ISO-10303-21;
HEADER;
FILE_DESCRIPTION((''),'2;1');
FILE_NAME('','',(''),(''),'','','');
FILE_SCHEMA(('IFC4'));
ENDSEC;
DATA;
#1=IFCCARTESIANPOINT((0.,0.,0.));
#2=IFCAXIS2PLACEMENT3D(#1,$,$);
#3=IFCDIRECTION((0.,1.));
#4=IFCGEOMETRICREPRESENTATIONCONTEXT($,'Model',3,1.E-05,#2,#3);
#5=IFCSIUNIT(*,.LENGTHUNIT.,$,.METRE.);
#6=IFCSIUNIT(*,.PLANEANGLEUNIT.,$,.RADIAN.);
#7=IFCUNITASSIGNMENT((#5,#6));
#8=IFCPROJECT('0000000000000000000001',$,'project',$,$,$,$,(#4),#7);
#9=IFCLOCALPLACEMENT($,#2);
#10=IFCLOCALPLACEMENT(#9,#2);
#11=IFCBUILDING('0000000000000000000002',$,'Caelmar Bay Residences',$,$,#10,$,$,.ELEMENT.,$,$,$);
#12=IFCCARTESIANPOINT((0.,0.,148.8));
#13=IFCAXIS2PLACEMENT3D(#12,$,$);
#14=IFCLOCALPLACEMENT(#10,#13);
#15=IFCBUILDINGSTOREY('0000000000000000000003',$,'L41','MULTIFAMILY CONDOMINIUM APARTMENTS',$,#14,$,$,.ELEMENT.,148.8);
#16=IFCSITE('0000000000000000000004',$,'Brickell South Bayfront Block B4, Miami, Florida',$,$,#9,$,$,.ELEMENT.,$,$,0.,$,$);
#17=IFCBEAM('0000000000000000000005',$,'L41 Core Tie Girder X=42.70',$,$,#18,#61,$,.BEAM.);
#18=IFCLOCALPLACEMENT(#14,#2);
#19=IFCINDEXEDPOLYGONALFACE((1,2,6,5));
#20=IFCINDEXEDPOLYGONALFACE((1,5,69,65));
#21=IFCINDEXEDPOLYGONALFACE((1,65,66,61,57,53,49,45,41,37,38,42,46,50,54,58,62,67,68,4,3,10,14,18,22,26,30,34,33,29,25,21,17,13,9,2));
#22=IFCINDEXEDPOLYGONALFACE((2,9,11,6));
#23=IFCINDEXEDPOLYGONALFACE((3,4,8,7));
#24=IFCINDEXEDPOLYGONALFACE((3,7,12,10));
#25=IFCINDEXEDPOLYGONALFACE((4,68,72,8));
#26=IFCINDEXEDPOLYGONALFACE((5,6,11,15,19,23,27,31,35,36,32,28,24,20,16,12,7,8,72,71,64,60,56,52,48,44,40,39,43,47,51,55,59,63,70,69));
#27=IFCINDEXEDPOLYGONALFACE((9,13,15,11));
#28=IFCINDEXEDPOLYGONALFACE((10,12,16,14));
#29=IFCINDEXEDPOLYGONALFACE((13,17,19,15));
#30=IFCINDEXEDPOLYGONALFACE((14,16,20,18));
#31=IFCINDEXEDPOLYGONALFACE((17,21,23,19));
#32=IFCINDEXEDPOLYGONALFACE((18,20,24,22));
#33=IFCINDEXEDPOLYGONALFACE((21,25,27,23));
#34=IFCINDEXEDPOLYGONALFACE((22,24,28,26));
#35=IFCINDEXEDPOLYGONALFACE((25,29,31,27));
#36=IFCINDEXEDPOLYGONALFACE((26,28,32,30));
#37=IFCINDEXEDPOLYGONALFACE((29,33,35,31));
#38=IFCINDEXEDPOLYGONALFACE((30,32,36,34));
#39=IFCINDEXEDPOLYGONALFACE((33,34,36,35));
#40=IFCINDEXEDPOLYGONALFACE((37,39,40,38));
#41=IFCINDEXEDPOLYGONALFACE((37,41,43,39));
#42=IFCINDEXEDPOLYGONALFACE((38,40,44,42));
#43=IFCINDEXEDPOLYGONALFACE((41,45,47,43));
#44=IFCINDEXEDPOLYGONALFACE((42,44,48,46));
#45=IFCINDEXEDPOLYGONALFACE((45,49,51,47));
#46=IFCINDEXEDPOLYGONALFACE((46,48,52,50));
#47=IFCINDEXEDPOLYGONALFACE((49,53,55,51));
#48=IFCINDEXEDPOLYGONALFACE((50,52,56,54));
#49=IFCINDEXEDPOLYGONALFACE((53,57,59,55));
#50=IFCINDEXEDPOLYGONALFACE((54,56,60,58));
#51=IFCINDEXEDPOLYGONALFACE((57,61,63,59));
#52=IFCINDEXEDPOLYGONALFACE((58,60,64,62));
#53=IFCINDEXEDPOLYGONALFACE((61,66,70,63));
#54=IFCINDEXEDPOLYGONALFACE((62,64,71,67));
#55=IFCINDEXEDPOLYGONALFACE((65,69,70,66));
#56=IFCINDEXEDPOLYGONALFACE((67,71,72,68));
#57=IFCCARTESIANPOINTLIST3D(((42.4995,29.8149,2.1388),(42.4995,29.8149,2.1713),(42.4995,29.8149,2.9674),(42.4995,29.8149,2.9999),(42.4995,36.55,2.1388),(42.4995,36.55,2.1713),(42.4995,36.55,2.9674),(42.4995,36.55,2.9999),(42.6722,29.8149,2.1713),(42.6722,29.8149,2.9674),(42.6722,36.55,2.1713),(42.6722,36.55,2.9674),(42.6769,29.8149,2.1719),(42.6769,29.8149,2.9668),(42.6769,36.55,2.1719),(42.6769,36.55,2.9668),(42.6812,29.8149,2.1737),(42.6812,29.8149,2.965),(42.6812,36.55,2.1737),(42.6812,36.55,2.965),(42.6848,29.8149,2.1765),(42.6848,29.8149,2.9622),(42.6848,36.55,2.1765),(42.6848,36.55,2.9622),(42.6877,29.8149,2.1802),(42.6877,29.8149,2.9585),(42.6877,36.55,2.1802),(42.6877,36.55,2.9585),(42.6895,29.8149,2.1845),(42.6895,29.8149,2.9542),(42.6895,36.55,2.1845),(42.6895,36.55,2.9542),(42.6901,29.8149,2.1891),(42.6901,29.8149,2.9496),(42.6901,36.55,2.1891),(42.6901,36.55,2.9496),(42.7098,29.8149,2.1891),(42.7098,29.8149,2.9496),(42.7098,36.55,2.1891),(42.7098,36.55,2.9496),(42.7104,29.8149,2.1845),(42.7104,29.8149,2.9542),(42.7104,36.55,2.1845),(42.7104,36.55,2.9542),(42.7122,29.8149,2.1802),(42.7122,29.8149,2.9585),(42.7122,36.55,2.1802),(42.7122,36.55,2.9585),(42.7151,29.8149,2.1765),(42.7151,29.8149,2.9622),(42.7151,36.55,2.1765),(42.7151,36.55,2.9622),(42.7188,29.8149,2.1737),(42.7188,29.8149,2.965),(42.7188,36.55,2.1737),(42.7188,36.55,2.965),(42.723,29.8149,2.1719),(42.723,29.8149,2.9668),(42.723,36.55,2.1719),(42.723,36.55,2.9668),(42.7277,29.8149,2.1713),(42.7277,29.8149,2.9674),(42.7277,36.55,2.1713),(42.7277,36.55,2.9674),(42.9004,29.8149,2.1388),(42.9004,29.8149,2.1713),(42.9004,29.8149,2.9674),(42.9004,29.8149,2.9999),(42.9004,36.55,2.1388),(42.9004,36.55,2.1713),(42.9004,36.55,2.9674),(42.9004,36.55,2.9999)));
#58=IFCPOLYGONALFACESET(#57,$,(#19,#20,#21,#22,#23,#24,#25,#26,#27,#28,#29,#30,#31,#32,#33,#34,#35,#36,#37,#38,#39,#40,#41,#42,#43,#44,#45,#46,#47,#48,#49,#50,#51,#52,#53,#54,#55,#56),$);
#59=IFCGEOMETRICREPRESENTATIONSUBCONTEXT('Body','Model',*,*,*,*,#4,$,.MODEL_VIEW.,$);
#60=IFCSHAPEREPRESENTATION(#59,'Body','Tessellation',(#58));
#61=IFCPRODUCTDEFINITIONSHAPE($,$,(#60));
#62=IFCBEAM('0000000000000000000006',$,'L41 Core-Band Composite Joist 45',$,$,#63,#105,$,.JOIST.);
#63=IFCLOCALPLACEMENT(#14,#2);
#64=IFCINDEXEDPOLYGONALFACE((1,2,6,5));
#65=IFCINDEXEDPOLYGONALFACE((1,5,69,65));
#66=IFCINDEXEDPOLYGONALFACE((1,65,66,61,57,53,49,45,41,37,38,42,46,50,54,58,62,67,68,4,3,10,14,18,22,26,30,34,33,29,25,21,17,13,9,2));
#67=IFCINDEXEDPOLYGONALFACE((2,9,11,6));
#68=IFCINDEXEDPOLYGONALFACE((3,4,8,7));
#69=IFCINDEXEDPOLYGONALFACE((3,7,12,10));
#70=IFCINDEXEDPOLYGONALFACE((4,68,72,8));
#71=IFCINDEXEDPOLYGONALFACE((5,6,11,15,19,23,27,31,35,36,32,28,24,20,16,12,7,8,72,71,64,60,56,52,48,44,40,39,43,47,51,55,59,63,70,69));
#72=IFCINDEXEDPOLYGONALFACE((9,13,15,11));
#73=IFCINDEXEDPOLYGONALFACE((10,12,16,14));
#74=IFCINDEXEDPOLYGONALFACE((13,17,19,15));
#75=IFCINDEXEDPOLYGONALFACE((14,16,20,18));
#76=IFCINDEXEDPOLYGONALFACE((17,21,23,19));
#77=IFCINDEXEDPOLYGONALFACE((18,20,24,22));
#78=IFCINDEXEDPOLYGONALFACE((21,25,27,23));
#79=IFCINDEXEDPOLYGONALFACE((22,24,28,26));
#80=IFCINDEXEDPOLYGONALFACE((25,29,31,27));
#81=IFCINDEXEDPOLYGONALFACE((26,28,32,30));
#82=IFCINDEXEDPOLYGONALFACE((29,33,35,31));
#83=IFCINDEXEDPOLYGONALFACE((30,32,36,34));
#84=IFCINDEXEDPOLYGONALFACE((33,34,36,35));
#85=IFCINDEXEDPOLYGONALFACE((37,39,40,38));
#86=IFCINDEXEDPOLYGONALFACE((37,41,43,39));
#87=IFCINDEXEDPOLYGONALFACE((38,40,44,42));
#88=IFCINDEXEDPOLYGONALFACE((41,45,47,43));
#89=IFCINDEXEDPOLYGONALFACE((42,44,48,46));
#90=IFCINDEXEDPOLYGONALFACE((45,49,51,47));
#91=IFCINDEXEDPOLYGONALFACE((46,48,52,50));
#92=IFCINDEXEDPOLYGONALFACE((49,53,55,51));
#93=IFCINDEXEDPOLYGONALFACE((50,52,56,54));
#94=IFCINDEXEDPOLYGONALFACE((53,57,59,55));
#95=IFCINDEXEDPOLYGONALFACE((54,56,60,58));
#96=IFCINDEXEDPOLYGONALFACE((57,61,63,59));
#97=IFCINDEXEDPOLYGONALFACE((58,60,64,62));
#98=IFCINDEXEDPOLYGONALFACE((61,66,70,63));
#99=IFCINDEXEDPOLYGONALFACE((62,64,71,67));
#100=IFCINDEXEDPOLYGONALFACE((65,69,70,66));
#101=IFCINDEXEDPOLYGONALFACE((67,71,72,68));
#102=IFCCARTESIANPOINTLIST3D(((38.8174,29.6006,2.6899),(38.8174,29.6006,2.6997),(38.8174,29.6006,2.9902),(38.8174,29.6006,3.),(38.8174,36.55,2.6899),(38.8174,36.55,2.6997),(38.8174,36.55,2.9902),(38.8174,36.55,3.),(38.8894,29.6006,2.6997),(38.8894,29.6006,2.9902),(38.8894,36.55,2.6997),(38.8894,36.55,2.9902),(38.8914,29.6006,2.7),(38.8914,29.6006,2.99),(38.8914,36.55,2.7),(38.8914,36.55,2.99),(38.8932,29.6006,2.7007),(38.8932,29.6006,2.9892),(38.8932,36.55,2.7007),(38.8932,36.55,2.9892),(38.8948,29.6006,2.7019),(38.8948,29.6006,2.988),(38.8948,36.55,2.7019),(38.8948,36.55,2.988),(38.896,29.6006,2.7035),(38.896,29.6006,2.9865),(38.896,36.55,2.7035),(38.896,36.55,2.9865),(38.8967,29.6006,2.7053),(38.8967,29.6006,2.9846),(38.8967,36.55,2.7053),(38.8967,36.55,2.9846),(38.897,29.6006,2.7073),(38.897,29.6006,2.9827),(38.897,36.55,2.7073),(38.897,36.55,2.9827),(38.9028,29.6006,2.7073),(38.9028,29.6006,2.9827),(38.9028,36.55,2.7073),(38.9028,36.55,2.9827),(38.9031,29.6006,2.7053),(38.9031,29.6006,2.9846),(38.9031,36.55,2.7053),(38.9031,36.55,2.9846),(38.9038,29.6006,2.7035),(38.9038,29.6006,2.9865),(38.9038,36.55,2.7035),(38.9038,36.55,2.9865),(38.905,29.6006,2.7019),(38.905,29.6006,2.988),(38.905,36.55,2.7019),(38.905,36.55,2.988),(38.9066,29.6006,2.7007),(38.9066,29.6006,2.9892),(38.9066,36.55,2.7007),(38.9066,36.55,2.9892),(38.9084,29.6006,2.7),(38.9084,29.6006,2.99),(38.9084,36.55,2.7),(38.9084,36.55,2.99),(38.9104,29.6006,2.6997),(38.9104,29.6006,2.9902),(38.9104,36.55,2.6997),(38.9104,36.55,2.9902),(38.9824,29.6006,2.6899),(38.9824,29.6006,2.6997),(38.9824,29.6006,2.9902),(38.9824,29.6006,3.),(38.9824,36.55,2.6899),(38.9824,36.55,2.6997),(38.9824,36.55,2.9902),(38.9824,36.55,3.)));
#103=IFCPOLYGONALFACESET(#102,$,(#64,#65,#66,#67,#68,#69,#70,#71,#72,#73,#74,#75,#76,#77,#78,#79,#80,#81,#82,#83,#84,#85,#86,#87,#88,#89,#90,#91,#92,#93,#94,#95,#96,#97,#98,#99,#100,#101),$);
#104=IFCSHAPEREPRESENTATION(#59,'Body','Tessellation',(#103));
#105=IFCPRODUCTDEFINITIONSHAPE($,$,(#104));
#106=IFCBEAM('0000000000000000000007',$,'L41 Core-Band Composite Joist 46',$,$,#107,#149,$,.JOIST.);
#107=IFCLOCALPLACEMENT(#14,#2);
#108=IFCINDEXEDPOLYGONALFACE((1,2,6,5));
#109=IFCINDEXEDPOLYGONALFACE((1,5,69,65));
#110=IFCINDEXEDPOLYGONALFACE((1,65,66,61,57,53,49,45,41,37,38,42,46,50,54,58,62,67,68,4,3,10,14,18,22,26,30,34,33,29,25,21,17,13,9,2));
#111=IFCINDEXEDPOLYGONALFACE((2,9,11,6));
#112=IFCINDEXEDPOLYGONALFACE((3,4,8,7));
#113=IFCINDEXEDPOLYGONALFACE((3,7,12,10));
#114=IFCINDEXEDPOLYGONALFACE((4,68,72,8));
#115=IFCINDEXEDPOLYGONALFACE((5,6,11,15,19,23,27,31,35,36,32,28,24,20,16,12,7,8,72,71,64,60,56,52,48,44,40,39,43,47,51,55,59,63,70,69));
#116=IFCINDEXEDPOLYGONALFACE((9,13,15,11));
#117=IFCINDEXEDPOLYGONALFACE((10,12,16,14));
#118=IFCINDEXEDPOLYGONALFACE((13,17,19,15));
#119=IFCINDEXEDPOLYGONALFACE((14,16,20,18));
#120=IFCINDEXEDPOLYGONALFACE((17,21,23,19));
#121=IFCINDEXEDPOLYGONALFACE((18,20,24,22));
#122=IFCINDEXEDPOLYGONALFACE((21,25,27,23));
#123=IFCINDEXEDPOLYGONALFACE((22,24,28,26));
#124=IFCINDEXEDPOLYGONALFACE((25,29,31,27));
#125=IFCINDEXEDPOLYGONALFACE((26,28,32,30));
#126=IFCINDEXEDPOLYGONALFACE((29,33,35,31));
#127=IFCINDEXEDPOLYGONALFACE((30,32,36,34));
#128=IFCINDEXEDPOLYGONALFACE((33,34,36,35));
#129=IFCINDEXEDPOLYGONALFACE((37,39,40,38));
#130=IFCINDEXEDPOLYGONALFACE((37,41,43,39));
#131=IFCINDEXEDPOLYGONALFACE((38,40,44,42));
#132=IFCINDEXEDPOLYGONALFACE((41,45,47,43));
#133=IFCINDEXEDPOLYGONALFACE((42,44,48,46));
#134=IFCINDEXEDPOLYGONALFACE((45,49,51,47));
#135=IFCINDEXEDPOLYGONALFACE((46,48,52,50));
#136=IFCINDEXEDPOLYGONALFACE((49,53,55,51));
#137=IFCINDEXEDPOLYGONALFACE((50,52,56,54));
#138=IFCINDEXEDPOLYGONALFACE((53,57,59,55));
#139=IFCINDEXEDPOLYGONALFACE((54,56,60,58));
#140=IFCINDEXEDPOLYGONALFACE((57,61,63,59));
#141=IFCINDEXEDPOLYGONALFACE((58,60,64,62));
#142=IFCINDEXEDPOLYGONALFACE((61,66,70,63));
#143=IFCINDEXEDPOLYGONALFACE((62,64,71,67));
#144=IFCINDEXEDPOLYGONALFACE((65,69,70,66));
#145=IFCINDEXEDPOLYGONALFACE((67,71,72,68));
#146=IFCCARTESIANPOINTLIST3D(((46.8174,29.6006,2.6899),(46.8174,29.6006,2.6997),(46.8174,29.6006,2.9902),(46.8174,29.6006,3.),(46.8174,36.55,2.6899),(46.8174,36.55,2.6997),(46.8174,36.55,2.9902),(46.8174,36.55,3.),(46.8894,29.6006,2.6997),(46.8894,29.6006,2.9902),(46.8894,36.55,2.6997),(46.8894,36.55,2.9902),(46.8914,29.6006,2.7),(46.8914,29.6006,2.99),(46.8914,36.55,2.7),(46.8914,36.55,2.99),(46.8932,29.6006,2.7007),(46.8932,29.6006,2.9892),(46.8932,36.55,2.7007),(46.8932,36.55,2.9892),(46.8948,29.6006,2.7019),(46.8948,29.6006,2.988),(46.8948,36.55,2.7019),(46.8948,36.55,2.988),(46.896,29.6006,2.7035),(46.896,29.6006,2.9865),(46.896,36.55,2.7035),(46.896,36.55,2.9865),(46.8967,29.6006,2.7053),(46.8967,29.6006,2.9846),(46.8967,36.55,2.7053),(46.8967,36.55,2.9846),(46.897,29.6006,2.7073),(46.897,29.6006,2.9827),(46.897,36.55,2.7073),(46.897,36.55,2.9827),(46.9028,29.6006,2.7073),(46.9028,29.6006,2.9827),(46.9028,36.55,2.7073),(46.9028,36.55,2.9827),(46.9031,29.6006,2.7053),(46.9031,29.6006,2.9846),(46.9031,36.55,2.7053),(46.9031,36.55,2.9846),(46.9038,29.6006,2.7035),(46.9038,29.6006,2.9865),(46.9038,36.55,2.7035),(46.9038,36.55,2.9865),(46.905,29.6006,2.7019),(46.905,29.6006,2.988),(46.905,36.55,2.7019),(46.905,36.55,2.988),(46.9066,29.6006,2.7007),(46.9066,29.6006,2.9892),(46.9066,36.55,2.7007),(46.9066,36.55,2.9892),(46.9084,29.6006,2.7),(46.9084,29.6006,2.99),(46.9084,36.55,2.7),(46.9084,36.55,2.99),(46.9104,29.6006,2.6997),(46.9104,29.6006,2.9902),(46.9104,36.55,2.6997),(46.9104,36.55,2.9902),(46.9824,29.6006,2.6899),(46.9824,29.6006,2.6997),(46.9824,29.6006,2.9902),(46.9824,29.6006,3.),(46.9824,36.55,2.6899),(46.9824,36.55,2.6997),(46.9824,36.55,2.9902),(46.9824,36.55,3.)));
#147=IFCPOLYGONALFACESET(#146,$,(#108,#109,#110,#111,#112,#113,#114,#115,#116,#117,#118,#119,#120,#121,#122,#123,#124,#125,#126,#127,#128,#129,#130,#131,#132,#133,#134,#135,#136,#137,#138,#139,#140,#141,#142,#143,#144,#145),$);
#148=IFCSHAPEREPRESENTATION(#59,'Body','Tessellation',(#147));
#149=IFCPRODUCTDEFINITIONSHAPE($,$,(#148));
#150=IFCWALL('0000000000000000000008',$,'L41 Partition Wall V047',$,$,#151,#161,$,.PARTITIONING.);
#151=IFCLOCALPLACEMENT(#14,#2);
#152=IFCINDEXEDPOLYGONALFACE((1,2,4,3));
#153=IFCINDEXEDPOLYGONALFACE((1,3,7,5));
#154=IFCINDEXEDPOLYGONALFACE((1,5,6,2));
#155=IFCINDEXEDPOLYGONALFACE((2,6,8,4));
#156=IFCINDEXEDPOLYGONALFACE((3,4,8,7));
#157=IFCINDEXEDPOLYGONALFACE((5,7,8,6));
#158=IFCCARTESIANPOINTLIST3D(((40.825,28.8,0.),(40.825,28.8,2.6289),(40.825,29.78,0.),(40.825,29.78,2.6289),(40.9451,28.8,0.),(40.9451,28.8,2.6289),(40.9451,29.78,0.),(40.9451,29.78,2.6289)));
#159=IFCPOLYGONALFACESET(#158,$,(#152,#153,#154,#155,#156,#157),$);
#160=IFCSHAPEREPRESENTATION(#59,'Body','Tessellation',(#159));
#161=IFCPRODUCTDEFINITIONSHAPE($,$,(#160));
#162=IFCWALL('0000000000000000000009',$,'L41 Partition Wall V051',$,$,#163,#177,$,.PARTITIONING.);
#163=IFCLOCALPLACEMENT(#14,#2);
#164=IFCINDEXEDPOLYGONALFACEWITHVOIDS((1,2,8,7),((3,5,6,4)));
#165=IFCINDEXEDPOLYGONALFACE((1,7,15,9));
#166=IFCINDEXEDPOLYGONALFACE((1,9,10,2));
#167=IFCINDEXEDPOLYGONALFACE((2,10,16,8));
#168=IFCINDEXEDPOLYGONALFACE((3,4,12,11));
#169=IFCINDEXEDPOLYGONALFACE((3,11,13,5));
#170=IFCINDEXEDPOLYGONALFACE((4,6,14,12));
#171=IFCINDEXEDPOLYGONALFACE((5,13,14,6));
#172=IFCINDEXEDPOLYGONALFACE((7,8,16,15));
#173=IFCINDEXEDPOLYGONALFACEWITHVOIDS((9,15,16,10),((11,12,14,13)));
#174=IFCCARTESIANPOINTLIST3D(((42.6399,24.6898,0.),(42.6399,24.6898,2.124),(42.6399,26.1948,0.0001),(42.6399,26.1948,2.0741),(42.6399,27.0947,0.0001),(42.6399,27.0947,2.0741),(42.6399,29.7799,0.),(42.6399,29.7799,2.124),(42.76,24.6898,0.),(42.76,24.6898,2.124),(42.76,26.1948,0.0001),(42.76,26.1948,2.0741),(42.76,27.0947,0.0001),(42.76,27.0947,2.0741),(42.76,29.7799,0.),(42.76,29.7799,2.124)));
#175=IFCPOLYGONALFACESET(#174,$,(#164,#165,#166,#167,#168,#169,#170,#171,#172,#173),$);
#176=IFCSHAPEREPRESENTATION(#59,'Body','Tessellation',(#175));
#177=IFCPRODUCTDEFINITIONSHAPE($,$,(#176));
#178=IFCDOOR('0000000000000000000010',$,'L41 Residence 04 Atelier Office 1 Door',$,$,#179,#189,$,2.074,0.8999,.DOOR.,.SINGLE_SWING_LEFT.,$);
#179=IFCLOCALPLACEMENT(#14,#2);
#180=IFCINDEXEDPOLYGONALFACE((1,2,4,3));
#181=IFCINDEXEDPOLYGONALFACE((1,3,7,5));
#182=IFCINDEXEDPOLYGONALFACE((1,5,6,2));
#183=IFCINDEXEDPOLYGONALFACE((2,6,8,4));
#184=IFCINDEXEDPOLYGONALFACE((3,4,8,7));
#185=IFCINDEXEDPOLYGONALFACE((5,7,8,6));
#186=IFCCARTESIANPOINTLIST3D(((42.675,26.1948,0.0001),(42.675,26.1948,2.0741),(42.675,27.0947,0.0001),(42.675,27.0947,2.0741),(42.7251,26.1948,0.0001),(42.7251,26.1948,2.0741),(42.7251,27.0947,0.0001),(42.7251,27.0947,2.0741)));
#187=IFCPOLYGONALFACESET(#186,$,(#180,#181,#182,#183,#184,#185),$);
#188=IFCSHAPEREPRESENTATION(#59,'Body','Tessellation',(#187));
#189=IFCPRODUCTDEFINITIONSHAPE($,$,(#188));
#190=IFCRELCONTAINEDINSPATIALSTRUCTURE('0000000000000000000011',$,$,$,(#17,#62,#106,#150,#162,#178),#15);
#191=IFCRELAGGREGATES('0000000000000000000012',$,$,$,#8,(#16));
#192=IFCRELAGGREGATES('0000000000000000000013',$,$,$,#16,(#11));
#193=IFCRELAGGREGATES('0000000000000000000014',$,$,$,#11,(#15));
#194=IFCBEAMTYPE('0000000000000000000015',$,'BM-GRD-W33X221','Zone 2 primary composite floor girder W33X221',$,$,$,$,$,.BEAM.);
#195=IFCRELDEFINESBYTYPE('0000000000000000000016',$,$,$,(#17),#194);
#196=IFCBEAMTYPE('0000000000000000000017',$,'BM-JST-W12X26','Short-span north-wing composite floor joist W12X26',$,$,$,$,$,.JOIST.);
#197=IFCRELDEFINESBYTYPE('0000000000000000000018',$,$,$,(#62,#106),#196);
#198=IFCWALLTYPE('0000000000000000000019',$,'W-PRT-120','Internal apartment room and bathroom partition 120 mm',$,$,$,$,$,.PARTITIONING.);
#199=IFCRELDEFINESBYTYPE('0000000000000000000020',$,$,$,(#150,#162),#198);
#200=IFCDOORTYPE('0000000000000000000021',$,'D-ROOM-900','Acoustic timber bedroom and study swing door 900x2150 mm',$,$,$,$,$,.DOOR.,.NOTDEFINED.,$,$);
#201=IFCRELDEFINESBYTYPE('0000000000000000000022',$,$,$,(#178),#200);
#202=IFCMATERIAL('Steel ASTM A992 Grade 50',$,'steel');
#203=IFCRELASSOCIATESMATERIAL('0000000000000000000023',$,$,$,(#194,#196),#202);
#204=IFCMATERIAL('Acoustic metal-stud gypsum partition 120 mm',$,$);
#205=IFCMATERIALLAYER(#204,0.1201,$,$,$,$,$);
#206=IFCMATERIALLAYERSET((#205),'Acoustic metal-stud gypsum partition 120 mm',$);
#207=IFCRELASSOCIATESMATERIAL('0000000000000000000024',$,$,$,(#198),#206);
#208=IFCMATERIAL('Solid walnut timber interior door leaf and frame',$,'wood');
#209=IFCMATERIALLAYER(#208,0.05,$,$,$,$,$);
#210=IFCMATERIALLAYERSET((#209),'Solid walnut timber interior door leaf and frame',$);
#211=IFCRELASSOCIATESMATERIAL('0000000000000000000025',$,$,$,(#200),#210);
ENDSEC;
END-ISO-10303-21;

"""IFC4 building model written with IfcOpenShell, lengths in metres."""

from ifc_helpers import new_model, si_unit, direction, frame, frame_2d, origin, origin_2d, place, context, subcontext, project, spatial, rectangle, i_section, extrude, material, layer, layer_set, material_profile, profile_set, type_object, element, fill, save


model = new_model("IFC4")

# Units and contexts
model_context = context("Model", 3, precision=1e-05, world=origin(), true_north=direction((0.0, 1.0)))
body_context = subcontext(model_context, "Body", "Model", "MODEL_VIEW")
ifc_project = project(units=[si_unit("LENGTHUNIT", "METRE"), si_unit("PLANEANGLEUNIT", "RADIAN")], contexts=[model_context])

# Site, building, storey
site_placement = place(None, origin())
site = spatial("IfcSite", under=ifc_project, at=site_placement, Name="Brickell South Bayfront Block B4, Miami, Florida", CompositionType="ELEMENT", RefElevation=0.0)
building_placement = place(site_placement, origin())
building = spatial("IfcBuilding", under=site, at=building_placement, Name="Caelmar Bay Residences", CompositionType="ELEMENT")
storey_placement = place(building_placement, frame((0.0, 0.0, 148.8)))
storey = spatial("IfcBuildingStorey", under=building, at=storey_placement, Name="L41", Description="MULTIFAMILY CONDOMINIUM APARTMENTS", CompositionType="ELEMENT", Elevation=148.8)

# Beams
ifc_material_1 = material(Name="Steel ASTM A992 Grade 50", Category="steel")
ifc_material_profile_1 = material_profile(ifc_material_1, i_section(OverallWidth=0.4009, OverallDepth=0.8611, WebThickness=0.0198, FlangeThickness=0.0325, FilletRadius=0.0178, at=origin_2d()), Name="W33X221")
ifc_profile_set_1 = profile_set([ifc_material_profile_1], Name="Steel ASTM A992 Grade 50")
beam_type_1 = type_object("IfcBeamType", Name="BM-GRD-W33X221", Description="Zone 2 primary composite floor girder W33X221", PredefinedType="BEAM", material=ifc_profile_set_1)
for number, where, z_axis, x_axis, name in (
    (1, (42.7, 29.8149, 2.5693), (0.0, 1.0, 0.0), (-1.0, 0.0, 0.0), "L41 Core Tie Girder X=42.70"),
):
    element("IfcBeam", number, at=place(storey_placement, frame(where, z_axis=z_axis, x_axis=x_axis)), inside=storey, type_object=beam_type_1, Name=name, PredefinedType="BEAM", context=body_context, shape_type="SweptSolid", body=[
        extrude(i_section(OverallWidth=0.4009, OverallDepth=0.8611, WebThickness=0.0198, FlangeThickness=0.0325, FilletRadius=0.0178, at=origin_2d()), origin(), (0.0, 0.0, 1.0), 6.7351),
    ])
ifc_material_profile_2 = material_profile(ifc_material_1, i_section(OverallWidth=0.165, OverallDepth=0.3101, WebThickness=0.0059, FlangeThickness=0.0098, FilletRadius=0.0076, at=origin_2d()), Name="W12X26")
ifc_profile_set_2 = profile_set([ifc_material_profile_2], Name="Steel ASTM A992 Grade 50")
beam_type_2 = type_object("IfcBeamType", Name="BM-JST-W12X26", Description="Short-span north-wing composite floor joist W12X26", PredefinedType="JOIST", material=ifc_profile_set_2)
for number, where, z_axis, x_axis, name in (
    (2, (38.8999, 29.6006, 2.845), (0.0, 1.0, 0.0), (-1.0, 0.0, 0.0), "L41 Core-Band Composite Joist 45"),
    (3, (46.8999, 29.6006, 2.845), (0.0, 1.0, 0.0), (-1.0, 0.0, 0.0), "L41 Core-Band Composite Joist 46"),
):
    element("IfcBeam", number, at=place(storey_placement, frame(where, z_axis=z_axis, x_axis=x_axis)), inside=storey, type_object=beam_type_2, Name=name, PredefinedType="JOIST", context=body_context, shape_type="SweptSolid", body=[
        extrude(i_section(OverallWidth=0.165, OverallDepth=0.3101, WebThickness=0.0059, FlangeThickness=0.0098, FilletRadius=0.0076, at=origin_2d()), origin(), (0.0, 0.0, 1.0), 6.9495),
    ])

# Wall
ifc_material_2 = material(Name="Acoustic metal-stud gypsum partition 120 mm")
ifc_layer_1 = layer(ifc_material_2, 0.1201)
ifc_layer_set_1 = layer_set([ifc_layer_1], Name="Acoustic metal-stud gypsum partition 120 mm")
wall_type_1 = type_object("IfcWallType", Name="W-PRT-120", Description="Internal apartment room and bathroom partition 120 mm", PredefinedType="PARTITIONING", material=ifc_layer_set_1)
wall_1_placement = place(storey_placement, frame((40.885, 28.8, 0.0), z_axis=(0.0, 0.0, 1.0), x_axis=(0.0, 1.0, 0.0)))
element("IfcWall", 4, at=wall_1_placement, inside=storey, type_object=wall_type_1, Name="L41 Partition Wall V047", PredefinedType="PARTITIONING", context=body_context, shape_type="SweptSolid", body=[
    extrude(rectangle(XDim=0.98, YDim=0.1201, at=frame_2d((0.49, 0.0))), origin(), (0.0, 0.0, 1.0), 2.6289),
])

# Wall, opening, door
wall_2_placement = place(storey_placement, frame((42.7, 24.6899, 0.0), z_axis=(0.0, 0.0, 1.0), x_axis=(0.0, 1.0, 0.0)))
wall_2 = element("IfcWall", 5, at=wall_2_placement, inside=storey, type_object=wall_type_1, Name="L41 Partition Wall V051", PredefinedType="PARTITIONING", context=body_context, shape_type="SweptSolid", body=[
    extrude(rectangle(XDim=5.0901, YDim=0.1201, at=frame_2d((2.5449, 0.0))), origin(), (0.0, 0.0, 1.0), 2.124),
])
opening_1_placement = place(wall_2_placement, frame((1.5049, 0.0, 0.0)))
opening_1 = element("IfcOpeningElement", 6, at=opening_1_placement, cuts=wall_2, PredefinedType="OPENING", context=body_context, shape_type="SweptSolid", body=[
    extrude(rectangle(XDim=0.8999, YDim=2.074, at=frame_2d((0.45, 1.0371))), frame((0.0, 0.0701, 0.0), z_axis=(0.0, -1.0, 0.0), x_axis=(1.0, 0.0, 0.0)), (0.0, 0.0, 1.0), 0.1401),
])
ifc_material_3 = material(Name="Solid walnut timber interior door leaf and frame", Category="wood")
ifc_layer_2 = layer(ifc_material_3, 0.05)
ifc_layer_set_2 = layer_set([ifc_layer_2], Name="Solid walnut timber interior door leaf and frame")
door_type = type_object("IfcDoorType", Name="D-ROOM-900", Description="Acoustic timber bedroom and study swing door 900x2150 mm", OperationType="NOTDEFINED", PredefinedType="DOOR", material=ifc_layer_set_2)
door_1_placement = place(opening_1_placement, origin())
door_1 = element("IfcDoor", 7, at=door_1_placement, inside=storey, type_object=door_type, Name="L41 Residence 04 Atelier Office 1 Door", OperationType="SINGLE_SWING_LEFT", OverallHeight=2.074, OverallWidth=0.8999, PredefinedType="DOOR", context=body_context, shape_type="SweptSolid", body=[
    extrude(rectangle(XDim=0.8999, YDim=2.074, at=frame_2d((0.45, 1.0371))), frame((0.0, 0.0249, 0.0), z_axis=(0.0, -1.0, 0.0), x_axis=(1.0, 0.0, 0.0)), (0.0, 0.0, 1.0), 0.05),
])
fill(opening_1, door_1)

save(model, "model.ifc")
